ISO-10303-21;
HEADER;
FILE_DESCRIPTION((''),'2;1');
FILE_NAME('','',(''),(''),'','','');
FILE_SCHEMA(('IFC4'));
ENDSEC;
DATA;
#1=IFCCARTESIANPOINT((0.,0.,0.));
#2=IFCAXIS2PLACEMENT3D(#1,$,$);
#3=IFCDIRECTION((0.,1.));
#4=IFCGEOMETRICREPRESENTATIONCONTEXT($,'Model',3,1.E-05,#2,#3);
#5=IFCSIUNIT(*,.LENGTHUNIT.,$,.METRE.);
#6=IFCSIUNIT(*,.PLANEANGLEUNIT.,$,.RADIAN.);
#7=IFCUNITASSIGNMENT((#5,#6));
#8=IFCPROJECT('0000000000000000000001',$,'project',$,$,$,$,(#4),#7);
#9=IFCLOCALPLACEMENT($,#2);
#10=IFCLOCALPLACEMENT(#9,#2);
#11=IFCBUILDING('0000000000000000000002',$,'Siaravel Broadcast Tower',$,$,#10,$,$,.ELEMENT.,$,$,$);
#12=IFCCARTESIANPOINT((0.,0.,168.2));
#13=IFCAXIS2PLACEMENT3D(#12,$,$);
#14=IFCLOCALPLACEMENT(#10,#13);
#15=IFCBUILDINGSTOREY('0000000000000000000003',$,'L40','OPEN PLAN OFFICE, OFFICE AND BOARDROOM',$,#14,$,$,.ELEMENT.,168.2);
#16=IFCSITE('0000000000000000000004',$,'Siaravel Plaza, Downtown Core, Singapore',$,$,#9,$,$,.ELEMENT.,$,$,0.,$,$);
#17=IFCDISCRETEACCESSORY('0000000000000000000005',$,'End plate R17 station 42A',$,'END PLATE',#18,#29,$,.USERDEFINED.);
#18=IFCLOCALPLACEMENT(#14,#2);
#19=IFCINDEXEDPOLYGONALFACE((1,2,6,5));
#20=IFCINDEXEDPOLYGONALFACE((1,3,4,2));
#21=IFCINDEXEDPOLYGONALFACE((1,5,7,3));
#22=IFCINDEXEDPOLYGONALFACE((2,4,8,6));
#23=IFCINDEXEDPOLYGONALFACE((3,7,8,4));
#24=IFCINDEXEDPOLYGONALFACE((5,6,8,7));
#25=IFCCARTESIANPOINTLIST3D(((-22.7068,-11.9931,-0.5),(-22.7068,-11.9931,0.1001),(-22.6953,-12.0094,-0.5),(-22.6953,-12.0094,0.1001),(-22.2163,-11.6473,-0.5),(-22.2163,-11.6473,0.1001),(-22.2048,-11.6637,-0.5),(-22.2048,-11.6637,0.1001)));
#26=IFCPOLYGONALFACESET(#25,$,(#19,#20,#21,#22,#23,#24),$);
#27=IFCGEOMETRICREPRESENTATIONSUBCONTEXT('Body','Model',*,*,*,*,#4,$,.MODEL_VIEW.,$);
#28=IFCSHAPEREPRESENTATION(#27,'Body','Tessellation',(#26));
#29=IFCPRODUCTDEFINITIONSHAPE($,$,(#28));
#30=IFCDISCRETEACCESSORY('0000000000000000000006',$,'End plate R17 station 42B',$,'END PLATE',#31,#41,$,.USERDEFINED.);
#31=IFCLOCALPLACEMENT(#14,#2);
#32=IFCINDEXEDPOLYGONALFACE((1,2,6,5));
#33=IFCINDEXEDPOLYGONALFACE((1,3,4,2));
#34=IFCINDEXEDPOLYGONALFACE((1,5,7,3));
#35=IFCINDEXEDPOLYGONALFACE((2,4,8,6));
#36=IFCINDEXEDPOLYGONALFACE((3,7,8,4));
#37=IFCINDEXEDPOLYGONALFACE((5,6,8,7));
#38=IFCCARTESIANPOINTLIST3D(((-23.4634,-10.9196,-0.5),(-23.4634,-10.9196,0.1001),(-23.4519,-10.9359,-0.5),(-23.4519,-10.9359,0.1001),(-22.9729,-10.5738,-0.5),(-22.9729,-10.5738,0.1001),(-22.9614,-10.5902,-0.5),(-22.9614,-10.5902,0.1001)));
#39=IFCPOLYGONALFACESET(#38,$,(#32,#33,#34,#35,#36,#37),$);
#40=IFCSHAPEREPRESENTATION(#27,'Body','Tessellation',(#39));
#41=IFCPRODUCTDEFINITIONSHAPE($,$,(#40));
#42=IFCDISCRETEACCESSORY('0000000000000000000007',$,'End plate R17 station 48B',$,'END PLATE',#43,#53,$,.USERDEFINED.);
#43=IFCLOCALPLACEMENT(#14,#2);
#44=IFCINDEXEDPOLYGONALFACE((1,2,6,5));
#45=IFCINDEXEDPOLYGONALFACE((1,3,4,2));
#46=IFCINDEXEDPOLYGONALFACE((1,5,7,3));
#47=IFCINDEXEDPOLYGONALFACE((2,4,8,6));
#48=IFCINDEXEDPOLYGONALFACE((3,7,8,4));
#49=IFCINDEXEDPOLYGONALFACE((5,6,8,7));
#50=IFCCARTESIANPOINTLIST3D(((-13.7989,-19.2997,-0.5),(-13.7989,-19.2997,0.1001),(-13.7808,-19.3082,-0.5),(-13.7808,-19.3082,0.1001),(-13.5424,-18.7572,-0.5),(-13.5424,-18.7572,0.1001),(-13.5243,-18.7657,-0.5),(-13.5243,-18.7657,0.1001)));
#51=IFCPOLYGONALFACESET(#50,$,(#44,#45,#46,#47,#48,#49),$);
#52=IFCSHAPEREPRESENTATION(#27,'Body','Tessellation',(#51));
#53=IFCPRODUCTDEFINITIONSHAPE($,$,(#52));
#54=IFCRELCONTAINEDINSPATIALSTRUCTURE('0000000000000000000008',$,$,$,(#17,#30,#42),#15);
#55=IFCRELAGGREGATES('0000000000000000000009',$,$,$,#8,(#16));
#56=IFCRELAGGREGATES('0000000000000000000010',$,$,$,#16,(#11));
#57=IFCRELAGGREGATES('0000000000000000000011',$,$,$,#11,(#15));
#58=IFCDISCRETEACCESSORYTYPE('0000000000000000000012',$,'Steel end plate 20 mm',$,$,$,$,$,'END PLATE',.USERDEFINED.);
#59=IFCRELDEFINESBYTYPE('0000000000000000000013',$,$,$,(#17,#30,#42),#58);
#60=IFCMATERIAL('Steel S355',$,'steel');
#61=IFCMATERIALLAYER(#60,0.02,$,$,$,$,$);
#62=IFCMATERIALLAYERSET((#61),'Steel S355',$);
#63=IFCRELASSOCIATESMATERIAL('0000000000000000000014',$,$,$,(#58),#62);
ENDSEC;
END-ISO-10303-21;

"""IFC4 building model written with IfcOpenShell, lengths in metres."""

from ifc_helpers import new_model, si_unit, direction, frame, origin, origin_2d, place, context, subcontext, project, spatial, rectangle, extrude, material, layer, layer_set, type_object, element, save


model = new_model("IFC4")

# Units and contexts
model_context = context("Model", 3, precision=1e-05, world=origin(), true_north=direction((0.0, 1.0)))
body_context = subcontext(model_context, "Body", "Model", "MODEL_VIEW")
ifc_project = project(units=[si_unit("LENGTHUNIT", "METRE"), si_unit("PLANEANGLEUNIT", "RADIAN")], contexts=[model_context])

# Site, building, storey
site_placement = place(None, origin())
site = spatial("IfcSite", under=ifc_project, at=site_placement, Name="Siaravel Plaza, Downtown Core, Singapore", CompositionType="ELEMENT", RefElevation=0.0)
building_placement = place(site_placement, origin())
building = spatial("IfcBuilding", under=site, at=building_placement, Name="Siaravel Broadcast Tower", CompositionType="ELEMENT")
storey_placement = place(building_placement, frame((0.0, 0.0, 168.2)))
storey = spatial("IfcBuildingStorey", under=building, at=storey_placement, Name="L40", Description="OPEN PLAN OFFICE, OFFICE AND BOARDROOM", CompositionType="ELEMENT", Elevation=168.2)

# Shared definitions
ifc_material_1 = material(Name="Steel S355", Category="steel")

# Discrete accessories
ifc_layer_1 = layer(ifc_material_1, 0.02)
ifc_layer_set_1 = layer_set([ifc_layer_1], Name="Steel S355")
discrete_accessory_type_1 = type_object("IfcDiscreteAccessoryType", Name="Steel end plate 20 mm", ElementType="END PLATE", PredefinedType="USERDEFINED", material=ifc_layer_set_1)
for number, where, z_axis, x_axis, name in (
    (1, (-22.4558, -11.8284, -0.5), (0.0, 0.0, 1.0), (0.576119, -0.817366, 0.0), "End plate R17 station 42A"),
    (2, (-23.2124, -10.7549, -0.5), (0.0, 0.0, 1.0), (0.576119, -0.817366, 0.0), "End plate R17 station 42B"),
    (3, (-13.6616, -19.0327, -0.5), (0.0, 0.0, 1.0), (0.904006, -0.427519, 0.0), "End plate R17 station 48B"),
):
    element("IfcDiscreteAccessory", number, at=place(storey_placement, frame(where, z_axis=z_axis, x_axis=x_axis)), inside=storey, type_object=discrete_accessory_type_1, Name=name, ObjectType="END PLATE", PredefinedType="USERDEFINED", context=body_context, shape_type="SweptSolid", body=[
        extrude(rectangle(XDim=0.02, YDim=0.6001, at=origin_2d()), origin(), (0.0, 0.0, 1.0), 0.6001),
    ])

save(model, "model.ifc")
